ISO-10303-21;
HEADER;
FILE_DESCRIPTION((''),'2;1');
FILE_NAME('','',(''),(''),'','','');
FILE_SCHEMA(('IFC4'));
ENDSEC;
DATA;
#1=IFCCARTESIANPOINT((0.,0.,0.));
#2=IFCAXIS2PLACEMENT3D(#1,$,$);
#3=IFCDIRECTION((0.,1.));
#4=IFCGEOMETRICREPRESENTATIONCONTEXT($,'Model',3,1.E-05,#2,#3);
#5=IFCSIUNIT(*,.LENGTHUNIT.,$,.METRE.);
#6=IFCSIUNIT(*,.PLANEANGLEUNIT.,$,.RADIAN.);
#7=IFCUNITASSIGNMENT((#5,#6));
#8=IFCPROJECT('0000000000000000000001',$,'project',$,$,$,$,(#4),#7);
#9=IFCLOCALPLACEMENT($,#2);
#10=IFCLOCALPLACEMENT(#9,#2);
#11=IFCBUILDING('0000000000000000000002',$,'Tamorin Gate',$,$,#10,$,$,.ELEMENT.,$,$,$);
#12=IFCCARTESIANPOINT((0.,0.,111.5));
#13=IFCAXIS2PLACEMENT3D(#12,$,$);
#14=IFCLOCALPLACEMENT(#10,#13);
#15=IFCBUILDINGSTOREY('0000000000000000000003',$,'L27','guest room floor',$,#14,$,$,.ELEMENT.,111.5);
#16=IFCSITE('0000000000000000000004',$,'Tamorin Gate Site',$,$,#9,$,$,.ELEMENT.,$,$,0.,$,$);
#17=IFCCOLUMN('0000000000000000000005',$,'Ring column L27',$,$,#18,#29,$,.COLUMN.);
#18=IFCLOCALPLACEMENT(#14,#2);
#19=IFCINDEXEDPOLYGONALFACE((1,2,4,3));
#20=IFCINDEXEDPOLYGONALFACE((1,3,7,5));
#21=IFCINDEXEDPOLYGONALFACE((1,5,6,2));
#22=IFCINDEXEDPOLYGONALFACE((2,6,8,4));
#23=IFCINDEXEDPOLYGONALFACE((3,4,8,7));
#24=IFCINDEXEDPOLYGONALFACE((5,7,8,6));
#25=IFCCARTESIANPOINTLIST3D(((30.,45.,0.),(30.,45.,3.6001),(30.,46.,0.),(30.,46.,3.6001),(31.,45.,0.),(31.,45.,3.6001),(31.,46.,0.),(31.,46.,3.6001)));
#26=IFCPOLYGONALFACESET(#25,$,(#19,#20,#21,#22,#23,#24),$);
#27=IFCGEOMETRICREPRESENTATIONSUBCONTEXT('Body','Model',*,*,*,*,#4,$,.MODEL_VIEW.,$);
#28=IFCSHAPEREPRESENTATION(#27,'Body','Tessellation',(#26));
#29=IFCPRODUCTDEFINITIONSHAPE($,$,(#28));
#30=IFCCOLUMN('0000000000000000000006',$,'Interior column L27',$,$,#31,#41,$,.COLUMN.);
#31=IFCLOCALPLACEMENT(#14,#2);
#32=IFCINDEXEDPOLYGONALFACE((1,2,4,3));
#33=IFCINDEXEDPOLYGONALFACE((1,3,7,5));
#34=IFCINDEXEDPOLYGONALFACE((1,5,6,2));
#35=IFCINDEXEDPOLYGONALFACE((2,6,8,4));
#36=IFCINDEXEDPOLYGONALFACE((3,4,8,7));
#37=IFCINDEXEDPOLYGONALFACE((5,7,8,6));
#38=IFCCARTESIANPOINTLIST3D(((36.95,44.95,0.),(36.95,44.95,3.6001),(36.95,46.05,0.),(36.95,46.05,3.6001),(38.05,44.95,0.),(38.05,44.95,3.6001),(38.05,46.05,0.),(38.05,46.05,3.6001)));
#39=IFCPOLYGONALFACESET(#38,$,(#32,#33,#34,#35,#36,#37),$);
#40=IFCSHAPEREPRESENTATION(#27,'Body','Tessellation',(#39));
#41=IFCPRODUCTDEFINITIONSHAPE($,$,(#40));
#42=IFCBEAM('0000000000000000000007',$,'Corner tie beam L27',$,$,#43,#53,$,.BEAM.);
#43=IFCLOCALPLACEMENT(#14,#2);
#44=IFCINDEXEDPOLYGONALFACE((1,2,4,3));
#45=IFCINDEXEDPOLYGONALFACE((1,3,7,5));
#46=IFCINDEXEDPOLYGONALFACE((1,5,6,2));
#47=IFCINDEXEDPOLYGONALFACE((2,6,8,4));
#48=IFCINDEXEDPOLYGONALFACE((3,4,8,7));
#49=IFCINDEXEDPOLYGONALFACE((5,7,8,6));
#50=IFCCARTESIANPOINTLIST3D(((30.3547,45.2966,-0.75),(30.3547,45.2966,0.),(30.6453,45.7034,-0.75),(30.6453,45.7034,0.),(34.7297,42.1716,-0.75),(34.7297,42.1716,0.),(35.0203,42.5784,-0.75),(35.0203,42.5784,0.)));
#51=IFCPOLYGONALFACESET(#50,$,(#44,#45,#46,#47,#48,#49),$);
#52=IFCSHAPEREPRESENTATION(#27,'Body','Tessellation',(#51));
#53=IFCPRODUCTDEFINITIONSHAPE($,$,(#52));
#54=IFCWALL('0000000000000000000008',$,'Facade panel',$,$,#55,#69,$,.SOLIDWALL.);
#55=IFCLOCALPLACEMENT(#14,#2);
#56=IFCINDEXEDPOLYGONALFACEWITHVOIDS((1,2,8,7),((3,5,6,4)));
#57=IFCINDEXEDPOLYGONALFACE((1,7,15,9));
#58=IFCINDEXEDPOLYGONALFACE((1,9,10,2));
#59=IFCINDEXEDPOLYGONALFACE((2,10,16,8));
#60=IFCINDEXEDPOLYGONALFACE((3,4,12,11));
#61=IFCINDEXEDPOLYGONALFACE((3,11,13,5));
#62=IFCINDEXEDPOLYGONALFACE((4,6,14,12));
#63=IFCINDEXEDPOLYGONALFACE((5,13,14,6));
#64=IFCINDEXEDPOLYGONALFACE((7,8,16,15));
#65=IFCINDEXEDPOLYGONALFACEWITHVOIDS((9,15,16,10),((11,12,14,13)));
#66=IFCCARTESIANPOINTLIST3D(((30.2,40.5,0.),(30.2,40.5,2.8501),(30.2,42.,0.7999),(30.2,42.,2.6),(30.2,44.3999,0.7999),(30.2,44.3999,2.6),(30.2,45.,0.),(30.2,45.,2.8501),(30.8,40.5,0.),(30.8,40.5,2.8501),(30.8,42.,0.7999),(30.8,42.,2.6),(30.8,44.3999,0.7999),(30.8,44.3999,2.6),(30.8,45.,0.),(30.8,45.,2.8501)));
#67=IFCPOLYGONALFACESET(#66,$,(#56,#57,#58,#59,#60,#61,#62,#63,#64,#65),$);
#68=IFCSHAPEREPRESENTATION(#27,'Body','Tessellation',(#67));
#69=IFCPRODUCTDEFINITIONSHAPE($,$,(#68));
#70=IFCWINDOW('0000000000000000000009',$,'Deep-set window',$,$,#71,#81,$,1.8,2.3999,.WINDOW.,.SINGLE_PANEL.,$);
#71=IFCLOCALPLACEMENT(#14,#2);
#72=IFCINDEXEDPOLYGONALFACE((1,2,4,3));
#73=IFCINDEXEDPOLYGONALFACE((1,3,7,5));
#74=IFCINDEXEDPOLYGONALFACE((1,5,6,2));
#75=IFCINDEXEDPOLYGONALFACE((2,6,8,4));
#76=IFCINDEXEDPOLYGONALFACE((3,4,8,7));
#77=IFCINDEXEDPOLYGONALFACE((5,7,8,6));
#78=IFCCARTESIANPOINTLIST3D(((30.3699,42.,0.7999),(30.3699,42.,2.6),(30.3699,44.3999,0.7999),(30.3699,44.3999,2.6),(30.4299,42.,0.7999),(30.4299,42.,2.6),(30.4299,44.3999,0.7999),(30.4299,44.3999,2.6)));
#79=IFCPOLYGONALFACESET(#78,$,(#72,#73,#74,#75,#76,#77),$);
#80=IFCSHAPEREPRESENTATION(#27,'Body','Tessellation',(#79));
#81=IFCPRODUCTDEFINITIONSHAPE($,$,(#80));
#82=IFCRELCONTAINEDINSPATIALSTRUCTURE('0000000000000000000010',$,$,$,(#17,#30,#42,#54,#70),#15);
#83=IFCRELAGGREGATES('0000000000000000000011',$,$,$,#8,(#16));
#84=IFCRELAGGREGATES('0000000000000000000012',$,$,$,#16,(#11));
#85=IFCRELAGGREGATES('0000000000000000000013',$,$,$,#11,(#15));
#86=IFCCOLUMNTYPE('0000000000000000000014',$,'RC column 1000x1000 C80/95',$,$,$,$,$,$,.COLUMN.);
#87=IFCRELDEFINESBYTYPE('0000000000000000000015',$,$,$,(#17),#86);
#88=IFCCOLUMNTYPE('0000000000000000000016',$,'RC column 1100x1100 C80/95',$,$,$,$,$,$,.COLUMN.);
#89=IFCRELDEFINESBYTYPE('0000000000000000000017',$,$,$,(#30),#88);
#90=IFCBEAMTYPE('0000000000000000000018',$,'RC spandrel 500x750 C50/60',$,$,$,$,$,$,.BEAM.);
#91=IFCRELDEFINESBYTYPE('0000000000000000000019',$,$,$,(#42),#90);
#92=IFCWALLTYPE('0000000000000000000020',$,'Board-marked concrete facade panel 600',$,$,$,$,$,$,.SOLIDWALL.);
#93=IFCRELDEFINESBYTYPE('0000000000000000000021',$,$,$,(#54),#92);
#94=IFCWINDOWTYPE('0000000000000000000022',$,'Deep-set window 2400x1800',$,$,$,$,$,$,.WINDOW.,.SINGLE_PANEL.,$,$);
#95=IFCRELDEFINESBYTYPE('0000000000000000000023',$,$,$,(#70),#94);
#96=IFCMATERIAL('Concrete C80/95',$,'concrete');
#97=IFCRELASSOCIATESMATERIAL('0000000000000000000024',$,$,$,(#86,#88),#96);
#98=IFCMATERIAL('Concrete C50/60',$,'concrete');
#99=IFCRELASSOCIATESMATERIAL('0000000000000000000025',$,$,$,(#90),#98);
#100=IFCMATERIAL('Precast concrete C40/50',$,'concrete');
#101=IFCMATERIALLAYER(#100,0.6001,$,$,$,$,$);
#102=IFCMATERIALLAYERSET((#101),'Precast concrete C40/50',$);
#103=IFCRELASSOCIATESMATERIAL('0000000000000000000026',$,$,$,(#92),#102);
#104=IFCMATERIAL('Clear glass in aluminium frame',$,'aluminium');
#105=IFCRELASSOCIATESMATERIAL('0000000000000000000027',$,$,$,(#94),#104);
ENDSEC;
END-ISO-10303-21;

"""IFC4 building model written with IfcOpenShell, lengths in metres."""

from ifc_helpers import new_model, si_unit, direction, frame, frame_2d, origin, origin_2d, place, context, subcontext, project, spatial, rectangle, extrude, material, layer, layer_set, material_profile, profile_set, type_object, element, fill, save


model = new_model("IFC4")

# Units and contexts
model_context = context("Model", 3, precision=1e-05, world=origin(), true_north=direction((0.0, 1.0)))
body_context = subcontext(model_context, "Body", "Model", "MODEL_VIEW")
ifc_project = project(units=[si_unit("LENGTHUNIT", "METRE"), si_unit("PLANEANGLEUNIT", "RADIAN")], contexts=[model_context])

# Site, building, storey
site_placement = place(None, origin())
site = spatial("IfcSite", under=ifc_project, at=site_placement, Name="Tamorin Gate Site", CompositionType="ELEMENT", RefElevation=0.0)
building_placement = place(site_placement, origin())
building = spatial("IfcBuilding", under=site, at=building_placement, Name="Tamorin Gate", CompositionType="ELEMENT")
storey_placement = place(building_placement, frame((0.0, 0.0, 111.5)))
storey = spatial("IfcBuildingStorey", under=building, at=storey_placement, Name="L27", Description="guest room floor", CompositionType="ELEMENT", Elevation=111.5)

# Columns
ifc_material_1 = material(Name="Concrete C80/95", Category="concrete")
ifc_material_profile_1 = material_profile(ifc_material_1, rectangle(XDim=1.0, YDim=1.0, at=origin_2d()), Name="RC 1000x1000")
ifc_profile_set_1 = profile_set([ifc_material_profile_1], Name="Concrete C80/95")
column_type_1 = type_object("IfcColumnType", Name="RC column 1000x1000 C80/95", PredefinedType="COLUMN", material=ifc_profile_set_1)
column_1_placement = place(storey_placement, frame((30.5, 45.5, 0.0), z_axis=(0.0, 0.0, 1.0), x_axis=(1.0, 0.0, 0.0)))
element("IfcColumn", 1, at=column_1_placement, inside=storey, type_object=column_type_1, Name="Ring column L27", PredefinedType="COLUMN", context=body_context, shape_type="SweptSolid", body=[
    extrude(rectangle(XDim=1.0, YDim=1.0, at=origin_2d()), origin(), (0.0, 0.0, 1.0), 3.6001),
])
ifc_material_profile_2 = material_profile(ifc_material_1, rectangle(XDim=1.1001, YDim=1.1001, at=origin_2d()), Name="RC 1100x1100")
ifc_profile_set_2 = profile_set([ifc_material_profile_2], Name="Concrete C80/95")
column_type_2 = type_object("IfcColumnType", Name="RC column 1100x1100 C80/95", PredefinedType="COLUMN", material=ifc_profile_set_2)
column_2_placement = place(storey_placement, frame((37.5, 45.5, 0.0), z_axis=(0.0, 0.0, 1.0), x_axis=(1.0, 0.0, 0.0)))
element("IfcColumn", 2, at=column_2_placement, inside=storey, type_object=column_type_2, Name="Interior column L27", PredefinedType="COLUMN", context=body_context, shape_type="SweptSolid", body=[
    extrude(rectangle(XDim=1.1001, YDim=1.1001, at=origin_2d()), origin(), (0.0, 0.0, 1.0), 3.6001),
])

# Beam
ifc_material_2 = material(Name="Concrete C50/60", Category="concrete")
ifc_material_profile_3 = material_profile(ifc_material_2, rectangle(XDim=0.5, YDim=0.75, at=origin_2d()), Name="RC 500x750")
ifc_profile_set_3 = profile_set([ifc_material_profile_3], Name="Concrete C50/60")
beam_type = type_object("IfcBeamType", Name="RC spandrel 500x750 C50/60", PredefinedType="BEAM", material=ifc_profile_set_3)
beam_placement = place(storey_placement, frame((34.875, 42.375, -0.375), z_axis=(-0.813733, 0.581238, 0.0), x_axis=(-0.581238, -0.813733, 0.0)))
element("IfcBeam", 3, at=beam_placement, inside=storey, type_object=beam_type, Name="Corner tie beam L27", PredefinedType="BEAM", context=body_context, shape_type="SweptSolid", body=[
    extrude(rectangle(XDim=0.5, YDim=0.75, at=origin_2d()), origin(), (0.0, 0.0, 1.0), 5.3765),
])

# Wall, opening, window
ifc_material_3 = material(Name="Precast concrete C40/50", Category="concrete")
ifc_layer_1 = layer(ifc_material_3, 0.6001)
ifc_layer_set_1 = layer_set([ifc_layer_1], Name="Precast concrete C40/50")
wall_type_1 = type_object("IfcWallType", Name="Board-marked concrete facade panel 600", PredefinedType="SOLIDWALL", material=ifc_layer_set_1)
wall_1_placement = place(storey_placement, frame((30.5, 45.0, 0.0), z_axis=(0.0, 0.0, 1.0), x_axis=(0.0, -1.0, 0.0)))
wall_1 = element("IfcWall", 4, at=wall_1_placement, inside=storey, type_object=wall_type_1, Name="Facade panel", PredefinedType="SOLIDWALL", context=body_context, shape_type="SweptSolid", body=[
    extrude(rectangle(XDim=4.5, YDim=0.6001, at=frame_2d((2.25, 0.0))), origin(), (0.0, 0.0, 1.0), 2.8501),
])
opening_1_placement = place(wall_1_placement, frame((0.6001, 0.0, 0.8)))
opening_1 = element("IfcOpeningElement", 5, at=opening_1_placement, cuts=wall_1, PredefinedType="OPENING", context=body_context, shape_type="SweptSolid", body=[
    extrude(rectangle(XDim=2.3999, YDim=1.8, at=frame_2d((1.2, 0.8999))), frame((0.0, 0.3101, 0.0), z_axis=(0.0, -1.0, 0.0), x_axis=(1.0, 0.0, 0.0)), (0.0, 0.0, 1.0), 0.6201),
])
ifc_material_4 = material(Name="Clear glass in aluminium frame", Category="aluminium")
window_type = type_object("IfcWindowType", Name="Deep-set window 2400x1800", PartitioningType="SINGLE_PANEL", PredefinedType="WINDOW", material=ifc_material_4)
window_placement = place(opening_1_placement, origin())
window = element("IfcWindow", 6, at=window_placement, inside=storey, type_object=window_type, Name="Deep-set window", OverallHeight=1.8, OverallWidth=2.3999, PartitioningType="SINGLE_PANEL", PredefinedType="WINDOW", context=body_context, shape_type="SweptSolid", body=[
    extrude(rectangle(XDim=2.3999, YDim=1.8, at=frame_2d((1.2, 0.8999))), frame((0.0, -0.0701, 0.0), z_axis=(0.0, -1.0, 0.0), x_axis=(1.0, 0.0, 0.0)), (0.0, 0.0, 1.0), 0.0601),
])
fill(opening_1, window)

save(model, "model.ifc")
